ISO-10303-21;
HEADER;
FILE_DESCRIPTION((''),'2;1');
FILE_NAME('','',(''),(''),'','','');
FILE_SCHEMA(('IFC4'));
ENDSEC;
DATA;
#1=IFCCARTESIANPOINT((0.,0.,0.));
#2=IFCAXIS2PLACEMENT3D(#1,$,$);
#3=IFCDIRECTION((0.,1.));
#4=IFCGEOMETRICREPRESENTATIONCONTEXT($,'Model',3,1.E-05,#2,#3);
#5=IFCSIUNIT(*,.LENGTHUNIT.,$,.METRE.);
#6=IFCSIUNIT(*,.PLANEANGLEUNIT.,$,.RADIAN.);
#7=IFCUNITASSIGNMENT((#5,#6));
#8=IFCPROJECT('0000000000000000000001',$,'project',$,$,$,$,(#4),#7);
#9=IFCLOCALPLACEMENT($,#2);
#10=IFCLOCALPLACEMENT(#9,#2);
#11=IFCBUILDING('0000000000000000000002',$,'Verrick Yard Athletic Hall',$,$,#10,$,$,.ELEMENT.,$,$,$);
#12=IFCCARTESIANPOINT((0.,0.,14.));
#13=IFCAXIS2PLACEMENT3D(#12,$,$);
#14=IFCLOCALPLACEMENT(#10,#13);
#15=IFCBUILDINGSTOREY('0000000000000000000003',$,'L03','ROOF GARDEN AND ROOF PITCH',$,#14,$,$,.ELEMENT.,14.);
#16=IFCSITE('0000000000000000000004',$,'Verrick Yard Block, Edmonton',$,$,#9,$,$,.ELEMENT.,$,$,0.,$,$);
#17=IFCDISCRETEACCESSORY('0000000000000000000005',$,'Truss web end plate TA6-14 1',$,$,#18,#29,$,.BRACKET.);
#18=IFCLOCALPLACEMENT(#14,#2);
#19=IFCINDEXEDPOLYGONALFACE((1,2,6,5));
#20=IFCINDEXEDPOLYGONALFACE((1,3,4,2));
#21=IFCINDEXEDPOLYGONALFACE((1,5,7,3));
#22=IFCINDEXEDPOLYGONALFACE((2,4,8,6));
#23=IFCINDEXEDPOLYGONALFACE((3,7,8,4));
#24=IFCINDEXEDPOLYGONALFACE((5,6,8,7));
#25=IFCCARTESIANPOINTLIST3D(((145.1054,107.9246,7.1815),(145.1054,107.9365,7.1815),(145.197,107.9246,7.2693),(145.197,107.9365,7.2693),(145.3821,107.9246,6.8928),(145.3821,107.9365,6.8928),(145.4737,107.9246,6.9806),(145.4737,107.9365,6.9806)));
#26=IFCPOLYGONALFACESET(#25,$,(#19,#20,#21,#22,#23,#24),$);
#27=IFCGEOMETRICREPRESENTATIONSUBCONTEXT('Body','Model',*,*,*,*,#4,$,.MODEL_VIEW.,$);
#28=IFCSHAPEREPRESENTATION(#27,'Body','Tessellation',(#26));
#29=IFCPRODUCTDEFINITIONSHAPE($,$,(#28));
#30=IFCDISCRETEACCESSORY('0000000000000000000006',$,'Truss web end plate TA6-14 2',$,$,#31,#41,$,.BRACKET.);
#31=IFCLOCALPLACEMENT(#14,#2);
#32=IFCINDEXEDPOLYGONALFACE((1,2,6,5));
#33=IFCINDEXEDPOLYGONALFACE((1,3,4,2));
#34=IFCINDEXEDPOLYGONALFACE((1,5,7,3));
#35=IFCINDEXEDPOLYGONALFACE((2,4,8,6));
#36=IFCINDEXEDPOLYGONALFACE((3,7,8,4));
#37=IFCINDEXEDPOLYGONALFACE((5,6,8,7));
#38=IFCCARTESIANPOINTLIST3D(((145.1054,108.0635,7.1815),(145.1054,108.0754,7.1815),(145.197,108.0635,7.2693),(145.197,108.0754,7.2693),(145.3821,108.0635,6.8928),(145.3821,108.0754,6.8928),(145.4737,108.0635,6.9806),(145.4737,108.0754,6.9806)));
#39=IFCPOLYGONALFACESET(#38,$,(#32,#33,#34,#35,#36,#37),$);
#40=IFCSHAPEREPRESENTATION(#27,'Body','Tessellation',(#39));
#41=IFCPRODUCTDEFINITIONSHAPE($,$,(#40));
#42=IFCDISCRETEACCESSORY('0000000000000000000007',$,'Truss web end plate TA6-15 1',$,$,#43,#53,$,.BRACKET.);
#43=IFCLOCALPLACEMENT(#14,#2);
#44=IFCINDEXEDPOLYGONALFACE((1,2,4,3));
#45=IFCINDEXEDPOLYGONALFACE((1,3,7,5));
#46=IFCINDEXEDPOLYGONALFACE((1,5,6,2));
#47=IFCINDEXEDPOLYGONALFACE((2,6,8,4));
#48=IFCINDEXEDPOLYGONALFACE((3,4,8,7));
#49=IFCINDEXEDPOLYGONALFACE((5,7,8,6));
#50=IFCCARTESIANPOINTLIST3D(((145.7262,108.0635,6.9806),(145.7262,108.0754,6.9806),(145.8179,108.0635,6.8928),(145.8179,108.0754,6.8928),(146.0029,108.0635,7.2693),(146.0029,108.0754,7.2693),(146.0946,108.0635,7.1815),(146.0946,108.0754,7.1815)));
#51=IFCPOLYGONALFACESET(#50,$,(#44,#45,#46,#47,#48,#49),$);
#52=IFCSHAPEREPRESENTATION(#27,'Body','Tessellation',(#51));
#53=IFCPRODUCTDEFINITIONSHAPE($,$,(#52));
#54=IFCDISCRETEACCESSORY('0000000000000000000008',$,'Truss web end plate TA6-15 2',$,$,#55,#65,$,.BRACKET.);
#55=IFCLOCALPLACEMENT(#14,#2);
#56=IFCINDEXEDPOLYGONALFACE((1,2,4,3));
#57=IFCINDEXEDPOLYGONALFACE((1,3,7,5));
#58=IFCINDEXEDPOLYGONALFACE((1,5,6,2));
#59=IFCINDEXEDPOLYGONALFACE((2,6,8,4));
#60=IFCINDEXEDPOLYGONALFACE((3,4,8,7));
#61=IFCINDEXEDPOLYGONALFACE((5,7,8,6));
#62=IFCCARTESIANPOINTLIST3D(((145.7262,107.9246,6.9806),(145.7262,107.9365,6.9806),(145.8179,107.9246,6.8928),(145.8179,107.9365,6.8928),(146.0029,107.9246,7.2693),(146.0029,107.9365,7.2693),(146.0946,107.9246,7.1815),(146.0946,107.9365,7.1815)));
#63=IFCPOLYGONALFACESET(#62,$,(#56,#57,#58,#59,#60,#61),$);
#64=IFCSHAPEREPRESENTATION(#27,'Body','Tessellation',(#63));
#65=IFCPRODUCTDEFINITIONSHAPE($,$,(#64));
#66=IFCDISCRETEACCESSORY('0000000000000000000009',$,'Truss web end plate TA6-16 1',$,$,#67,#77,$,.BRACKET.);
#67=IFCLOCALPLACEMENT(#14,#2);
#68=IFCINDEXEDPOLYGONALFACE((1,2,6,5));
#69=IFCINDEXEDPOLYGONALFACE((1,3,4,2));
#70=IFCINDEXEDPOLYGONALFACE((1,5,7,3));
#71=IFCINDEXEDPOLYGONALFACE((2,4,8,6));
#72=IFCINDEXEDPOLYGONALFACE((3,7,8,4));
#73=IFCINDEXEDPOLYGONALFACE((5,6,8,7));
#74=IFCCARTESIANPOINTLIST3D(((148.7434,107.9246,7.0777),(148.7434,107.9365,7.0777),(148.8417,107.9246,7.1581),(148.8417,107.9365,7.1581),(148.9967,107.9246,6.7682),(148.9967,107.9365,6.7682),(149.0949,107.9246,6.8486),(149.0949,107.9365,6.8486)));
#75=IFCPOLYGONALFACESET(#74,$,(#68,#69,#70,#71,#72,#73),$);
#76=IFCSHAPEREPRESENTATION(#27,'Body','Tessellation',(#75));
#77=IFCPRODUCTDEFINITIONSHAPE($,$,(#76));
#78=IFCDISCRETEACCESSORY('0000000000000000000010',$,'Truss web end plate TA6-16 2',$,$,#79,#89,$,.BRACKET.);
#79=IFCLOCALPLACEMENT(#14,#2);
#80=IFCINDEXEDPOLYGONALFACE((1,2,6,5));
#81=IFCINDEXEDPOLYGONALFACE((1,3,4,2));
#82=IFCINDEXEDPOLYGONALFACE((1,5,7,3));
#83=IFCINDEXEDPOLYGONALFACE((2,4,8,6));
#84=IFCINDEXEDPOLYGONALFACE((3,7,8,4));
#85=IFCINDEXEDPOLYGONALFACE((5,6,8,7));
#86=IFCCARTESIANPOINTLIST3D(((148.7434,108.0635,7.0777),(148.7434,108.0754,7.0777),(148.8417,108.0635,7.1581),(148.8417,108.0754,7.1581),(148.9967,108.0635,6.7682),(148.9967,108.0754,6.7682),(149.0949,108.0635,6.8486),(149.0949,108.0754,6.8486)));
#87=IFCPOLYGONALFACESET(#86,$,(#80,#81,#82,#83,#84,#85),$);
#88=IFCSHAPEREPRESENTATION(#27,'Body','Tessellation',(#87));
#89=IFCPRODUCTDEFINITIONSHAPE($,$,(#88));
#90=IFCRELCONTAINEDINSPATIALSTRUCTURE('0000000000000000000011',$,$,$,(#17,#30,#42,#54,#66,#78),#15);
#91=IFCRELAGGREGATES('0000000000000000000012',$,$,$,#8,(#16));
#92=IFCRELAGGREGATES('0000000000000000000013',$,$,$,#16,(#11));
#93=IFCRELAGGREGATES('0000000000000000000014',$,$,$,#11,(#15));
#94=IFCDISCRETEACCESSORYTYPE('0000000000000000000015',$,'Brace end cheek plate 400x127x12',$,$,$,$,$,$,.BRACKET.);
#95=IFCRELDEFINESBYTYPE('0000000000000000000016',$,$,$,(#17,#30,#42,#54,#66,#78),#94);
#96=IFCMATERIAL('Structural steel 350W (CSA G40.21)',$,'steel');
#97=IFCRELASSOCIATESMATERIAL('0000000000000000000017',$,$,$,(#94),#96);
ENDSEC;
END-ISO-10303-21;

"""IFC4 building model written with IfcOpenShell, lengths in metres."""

from ifc_helpers import new_model, si_unit, direction, frame, origin, origin_2d, place, context, subcontext, project, spatial, rectangle, extrude, material, material_profile, profile_set, type_object, element, save


model = new_model("IFC4")

# Units and contexts
model_context = context("Model", 3, precision=1e-05, world=origin(), true_north=direction((0.0, 1.0)))
body_context = subcontext(model_context, "Body", "Model", "MODEL_VIEW")
ifc_project = project(units=[si_unit("LENGTHUNIT", "METRE"), si_unit("PLANEANGLEUNIT", "RADIAN")], contexts=[model_context])

# Site, building, storey
site_placement = place(None, origin())
site = spatial("IfcSite", under=ifc_project, at=site_placement, Name="Verrick Yard Block, Edmonton", CompositionType="ELEMENT", RefElevation=0.0)
building_placement = place(site_placement, origin())
building = spatial("IfcBuilding", under=site, at=building_placement, Name="Verrick Yard Athletic Hall", CompositionType="ELEMENT")
storey_placement = place(building_placement, frame((0.0, 0.0, 14.0)))
storey = spatial("IfcBuildingStorey", under=building, at=storey_placement, Name="L03", Description="ROOF GARDEN AND ROOF PITCH", CompositionType="ELEMENT", Elevation=14.0)

# Discrete accessories
ifc_material_1 = material(Name="Structural steel 350W (CSA G40.21)", Category="steel")
ifc_material_profile_1 = material_profile(ifc_material_1, rectangle(XDim=0.3999, YDim=0.127, at=origin_2d()), Name="Brace end cheek plate")
ifc_profile_set_1 = profile_set([ifc_material_profile_1], Name="Structural steel 350W (CSA G40.21)")
discrete_accessory_type = type_object("IfcDiscreteAccessoryType", Name="Brace end cheek plate 400x127x12", PredefinedType="BRACKET", material=ifc_profile_set_1)
for number, where, z_axis, x_axis, name in (
    (1, (145.2896, 107.9365, 7.0811), (0.0, -1.0, 0.0), (-0.691925, 0.0, 0.721969), "Truss web end plate TA6-14 1"),
    (2, (145.2896, 108.0635, 7.0811), (0.0, 1.0, 0.0), (-0.691925, 0.0, 0.721969), "Truss web end plate TA6-14 2"),
    (3, (145.9104, 108.0635, 7.0811), (0.0, 1.0, 0.0), (0.691925, 0.0, 0.721969), "Truss web end plate TA6-15 1"),
    (4, (145.9104, 107.9365, 7.0811), (0.0, -1.0, 0.0), (0.691925, 0.0, 0.721969), "Truss web end plate TA6-15 2"),
    (5, (148.9192, 107.9365, 6.9631), (0.0, -1.0, 0.0), (-0.633246, 0.0, 0.773951), "Truss web end plate TA6-16 1"),
    (6, (148.9192, 108.0635, 6.9631), (0.0, 1.0, 0.0), (-0.633246, 0.0, 0.773951), "Truss web end plate TA6-16 2"),
):
    element("IfcDiscreteAccessory", number, at=place(storey_placement, frame(where, z_axis=z_axis, x_axis=x_axis)), inside=storey, type_object=discrete_accessory_type, Name=name, PredefinedType="BRACKET", context=body_context, shape_type="SweptSolid", body=[
        extrude(rectangle(XDim=0.3999, YDim=0.127, at=origin_2d()), origin(), (0.0, 0.0, 1.0), 0.012),
    ])

save(model, "model.ifc")
